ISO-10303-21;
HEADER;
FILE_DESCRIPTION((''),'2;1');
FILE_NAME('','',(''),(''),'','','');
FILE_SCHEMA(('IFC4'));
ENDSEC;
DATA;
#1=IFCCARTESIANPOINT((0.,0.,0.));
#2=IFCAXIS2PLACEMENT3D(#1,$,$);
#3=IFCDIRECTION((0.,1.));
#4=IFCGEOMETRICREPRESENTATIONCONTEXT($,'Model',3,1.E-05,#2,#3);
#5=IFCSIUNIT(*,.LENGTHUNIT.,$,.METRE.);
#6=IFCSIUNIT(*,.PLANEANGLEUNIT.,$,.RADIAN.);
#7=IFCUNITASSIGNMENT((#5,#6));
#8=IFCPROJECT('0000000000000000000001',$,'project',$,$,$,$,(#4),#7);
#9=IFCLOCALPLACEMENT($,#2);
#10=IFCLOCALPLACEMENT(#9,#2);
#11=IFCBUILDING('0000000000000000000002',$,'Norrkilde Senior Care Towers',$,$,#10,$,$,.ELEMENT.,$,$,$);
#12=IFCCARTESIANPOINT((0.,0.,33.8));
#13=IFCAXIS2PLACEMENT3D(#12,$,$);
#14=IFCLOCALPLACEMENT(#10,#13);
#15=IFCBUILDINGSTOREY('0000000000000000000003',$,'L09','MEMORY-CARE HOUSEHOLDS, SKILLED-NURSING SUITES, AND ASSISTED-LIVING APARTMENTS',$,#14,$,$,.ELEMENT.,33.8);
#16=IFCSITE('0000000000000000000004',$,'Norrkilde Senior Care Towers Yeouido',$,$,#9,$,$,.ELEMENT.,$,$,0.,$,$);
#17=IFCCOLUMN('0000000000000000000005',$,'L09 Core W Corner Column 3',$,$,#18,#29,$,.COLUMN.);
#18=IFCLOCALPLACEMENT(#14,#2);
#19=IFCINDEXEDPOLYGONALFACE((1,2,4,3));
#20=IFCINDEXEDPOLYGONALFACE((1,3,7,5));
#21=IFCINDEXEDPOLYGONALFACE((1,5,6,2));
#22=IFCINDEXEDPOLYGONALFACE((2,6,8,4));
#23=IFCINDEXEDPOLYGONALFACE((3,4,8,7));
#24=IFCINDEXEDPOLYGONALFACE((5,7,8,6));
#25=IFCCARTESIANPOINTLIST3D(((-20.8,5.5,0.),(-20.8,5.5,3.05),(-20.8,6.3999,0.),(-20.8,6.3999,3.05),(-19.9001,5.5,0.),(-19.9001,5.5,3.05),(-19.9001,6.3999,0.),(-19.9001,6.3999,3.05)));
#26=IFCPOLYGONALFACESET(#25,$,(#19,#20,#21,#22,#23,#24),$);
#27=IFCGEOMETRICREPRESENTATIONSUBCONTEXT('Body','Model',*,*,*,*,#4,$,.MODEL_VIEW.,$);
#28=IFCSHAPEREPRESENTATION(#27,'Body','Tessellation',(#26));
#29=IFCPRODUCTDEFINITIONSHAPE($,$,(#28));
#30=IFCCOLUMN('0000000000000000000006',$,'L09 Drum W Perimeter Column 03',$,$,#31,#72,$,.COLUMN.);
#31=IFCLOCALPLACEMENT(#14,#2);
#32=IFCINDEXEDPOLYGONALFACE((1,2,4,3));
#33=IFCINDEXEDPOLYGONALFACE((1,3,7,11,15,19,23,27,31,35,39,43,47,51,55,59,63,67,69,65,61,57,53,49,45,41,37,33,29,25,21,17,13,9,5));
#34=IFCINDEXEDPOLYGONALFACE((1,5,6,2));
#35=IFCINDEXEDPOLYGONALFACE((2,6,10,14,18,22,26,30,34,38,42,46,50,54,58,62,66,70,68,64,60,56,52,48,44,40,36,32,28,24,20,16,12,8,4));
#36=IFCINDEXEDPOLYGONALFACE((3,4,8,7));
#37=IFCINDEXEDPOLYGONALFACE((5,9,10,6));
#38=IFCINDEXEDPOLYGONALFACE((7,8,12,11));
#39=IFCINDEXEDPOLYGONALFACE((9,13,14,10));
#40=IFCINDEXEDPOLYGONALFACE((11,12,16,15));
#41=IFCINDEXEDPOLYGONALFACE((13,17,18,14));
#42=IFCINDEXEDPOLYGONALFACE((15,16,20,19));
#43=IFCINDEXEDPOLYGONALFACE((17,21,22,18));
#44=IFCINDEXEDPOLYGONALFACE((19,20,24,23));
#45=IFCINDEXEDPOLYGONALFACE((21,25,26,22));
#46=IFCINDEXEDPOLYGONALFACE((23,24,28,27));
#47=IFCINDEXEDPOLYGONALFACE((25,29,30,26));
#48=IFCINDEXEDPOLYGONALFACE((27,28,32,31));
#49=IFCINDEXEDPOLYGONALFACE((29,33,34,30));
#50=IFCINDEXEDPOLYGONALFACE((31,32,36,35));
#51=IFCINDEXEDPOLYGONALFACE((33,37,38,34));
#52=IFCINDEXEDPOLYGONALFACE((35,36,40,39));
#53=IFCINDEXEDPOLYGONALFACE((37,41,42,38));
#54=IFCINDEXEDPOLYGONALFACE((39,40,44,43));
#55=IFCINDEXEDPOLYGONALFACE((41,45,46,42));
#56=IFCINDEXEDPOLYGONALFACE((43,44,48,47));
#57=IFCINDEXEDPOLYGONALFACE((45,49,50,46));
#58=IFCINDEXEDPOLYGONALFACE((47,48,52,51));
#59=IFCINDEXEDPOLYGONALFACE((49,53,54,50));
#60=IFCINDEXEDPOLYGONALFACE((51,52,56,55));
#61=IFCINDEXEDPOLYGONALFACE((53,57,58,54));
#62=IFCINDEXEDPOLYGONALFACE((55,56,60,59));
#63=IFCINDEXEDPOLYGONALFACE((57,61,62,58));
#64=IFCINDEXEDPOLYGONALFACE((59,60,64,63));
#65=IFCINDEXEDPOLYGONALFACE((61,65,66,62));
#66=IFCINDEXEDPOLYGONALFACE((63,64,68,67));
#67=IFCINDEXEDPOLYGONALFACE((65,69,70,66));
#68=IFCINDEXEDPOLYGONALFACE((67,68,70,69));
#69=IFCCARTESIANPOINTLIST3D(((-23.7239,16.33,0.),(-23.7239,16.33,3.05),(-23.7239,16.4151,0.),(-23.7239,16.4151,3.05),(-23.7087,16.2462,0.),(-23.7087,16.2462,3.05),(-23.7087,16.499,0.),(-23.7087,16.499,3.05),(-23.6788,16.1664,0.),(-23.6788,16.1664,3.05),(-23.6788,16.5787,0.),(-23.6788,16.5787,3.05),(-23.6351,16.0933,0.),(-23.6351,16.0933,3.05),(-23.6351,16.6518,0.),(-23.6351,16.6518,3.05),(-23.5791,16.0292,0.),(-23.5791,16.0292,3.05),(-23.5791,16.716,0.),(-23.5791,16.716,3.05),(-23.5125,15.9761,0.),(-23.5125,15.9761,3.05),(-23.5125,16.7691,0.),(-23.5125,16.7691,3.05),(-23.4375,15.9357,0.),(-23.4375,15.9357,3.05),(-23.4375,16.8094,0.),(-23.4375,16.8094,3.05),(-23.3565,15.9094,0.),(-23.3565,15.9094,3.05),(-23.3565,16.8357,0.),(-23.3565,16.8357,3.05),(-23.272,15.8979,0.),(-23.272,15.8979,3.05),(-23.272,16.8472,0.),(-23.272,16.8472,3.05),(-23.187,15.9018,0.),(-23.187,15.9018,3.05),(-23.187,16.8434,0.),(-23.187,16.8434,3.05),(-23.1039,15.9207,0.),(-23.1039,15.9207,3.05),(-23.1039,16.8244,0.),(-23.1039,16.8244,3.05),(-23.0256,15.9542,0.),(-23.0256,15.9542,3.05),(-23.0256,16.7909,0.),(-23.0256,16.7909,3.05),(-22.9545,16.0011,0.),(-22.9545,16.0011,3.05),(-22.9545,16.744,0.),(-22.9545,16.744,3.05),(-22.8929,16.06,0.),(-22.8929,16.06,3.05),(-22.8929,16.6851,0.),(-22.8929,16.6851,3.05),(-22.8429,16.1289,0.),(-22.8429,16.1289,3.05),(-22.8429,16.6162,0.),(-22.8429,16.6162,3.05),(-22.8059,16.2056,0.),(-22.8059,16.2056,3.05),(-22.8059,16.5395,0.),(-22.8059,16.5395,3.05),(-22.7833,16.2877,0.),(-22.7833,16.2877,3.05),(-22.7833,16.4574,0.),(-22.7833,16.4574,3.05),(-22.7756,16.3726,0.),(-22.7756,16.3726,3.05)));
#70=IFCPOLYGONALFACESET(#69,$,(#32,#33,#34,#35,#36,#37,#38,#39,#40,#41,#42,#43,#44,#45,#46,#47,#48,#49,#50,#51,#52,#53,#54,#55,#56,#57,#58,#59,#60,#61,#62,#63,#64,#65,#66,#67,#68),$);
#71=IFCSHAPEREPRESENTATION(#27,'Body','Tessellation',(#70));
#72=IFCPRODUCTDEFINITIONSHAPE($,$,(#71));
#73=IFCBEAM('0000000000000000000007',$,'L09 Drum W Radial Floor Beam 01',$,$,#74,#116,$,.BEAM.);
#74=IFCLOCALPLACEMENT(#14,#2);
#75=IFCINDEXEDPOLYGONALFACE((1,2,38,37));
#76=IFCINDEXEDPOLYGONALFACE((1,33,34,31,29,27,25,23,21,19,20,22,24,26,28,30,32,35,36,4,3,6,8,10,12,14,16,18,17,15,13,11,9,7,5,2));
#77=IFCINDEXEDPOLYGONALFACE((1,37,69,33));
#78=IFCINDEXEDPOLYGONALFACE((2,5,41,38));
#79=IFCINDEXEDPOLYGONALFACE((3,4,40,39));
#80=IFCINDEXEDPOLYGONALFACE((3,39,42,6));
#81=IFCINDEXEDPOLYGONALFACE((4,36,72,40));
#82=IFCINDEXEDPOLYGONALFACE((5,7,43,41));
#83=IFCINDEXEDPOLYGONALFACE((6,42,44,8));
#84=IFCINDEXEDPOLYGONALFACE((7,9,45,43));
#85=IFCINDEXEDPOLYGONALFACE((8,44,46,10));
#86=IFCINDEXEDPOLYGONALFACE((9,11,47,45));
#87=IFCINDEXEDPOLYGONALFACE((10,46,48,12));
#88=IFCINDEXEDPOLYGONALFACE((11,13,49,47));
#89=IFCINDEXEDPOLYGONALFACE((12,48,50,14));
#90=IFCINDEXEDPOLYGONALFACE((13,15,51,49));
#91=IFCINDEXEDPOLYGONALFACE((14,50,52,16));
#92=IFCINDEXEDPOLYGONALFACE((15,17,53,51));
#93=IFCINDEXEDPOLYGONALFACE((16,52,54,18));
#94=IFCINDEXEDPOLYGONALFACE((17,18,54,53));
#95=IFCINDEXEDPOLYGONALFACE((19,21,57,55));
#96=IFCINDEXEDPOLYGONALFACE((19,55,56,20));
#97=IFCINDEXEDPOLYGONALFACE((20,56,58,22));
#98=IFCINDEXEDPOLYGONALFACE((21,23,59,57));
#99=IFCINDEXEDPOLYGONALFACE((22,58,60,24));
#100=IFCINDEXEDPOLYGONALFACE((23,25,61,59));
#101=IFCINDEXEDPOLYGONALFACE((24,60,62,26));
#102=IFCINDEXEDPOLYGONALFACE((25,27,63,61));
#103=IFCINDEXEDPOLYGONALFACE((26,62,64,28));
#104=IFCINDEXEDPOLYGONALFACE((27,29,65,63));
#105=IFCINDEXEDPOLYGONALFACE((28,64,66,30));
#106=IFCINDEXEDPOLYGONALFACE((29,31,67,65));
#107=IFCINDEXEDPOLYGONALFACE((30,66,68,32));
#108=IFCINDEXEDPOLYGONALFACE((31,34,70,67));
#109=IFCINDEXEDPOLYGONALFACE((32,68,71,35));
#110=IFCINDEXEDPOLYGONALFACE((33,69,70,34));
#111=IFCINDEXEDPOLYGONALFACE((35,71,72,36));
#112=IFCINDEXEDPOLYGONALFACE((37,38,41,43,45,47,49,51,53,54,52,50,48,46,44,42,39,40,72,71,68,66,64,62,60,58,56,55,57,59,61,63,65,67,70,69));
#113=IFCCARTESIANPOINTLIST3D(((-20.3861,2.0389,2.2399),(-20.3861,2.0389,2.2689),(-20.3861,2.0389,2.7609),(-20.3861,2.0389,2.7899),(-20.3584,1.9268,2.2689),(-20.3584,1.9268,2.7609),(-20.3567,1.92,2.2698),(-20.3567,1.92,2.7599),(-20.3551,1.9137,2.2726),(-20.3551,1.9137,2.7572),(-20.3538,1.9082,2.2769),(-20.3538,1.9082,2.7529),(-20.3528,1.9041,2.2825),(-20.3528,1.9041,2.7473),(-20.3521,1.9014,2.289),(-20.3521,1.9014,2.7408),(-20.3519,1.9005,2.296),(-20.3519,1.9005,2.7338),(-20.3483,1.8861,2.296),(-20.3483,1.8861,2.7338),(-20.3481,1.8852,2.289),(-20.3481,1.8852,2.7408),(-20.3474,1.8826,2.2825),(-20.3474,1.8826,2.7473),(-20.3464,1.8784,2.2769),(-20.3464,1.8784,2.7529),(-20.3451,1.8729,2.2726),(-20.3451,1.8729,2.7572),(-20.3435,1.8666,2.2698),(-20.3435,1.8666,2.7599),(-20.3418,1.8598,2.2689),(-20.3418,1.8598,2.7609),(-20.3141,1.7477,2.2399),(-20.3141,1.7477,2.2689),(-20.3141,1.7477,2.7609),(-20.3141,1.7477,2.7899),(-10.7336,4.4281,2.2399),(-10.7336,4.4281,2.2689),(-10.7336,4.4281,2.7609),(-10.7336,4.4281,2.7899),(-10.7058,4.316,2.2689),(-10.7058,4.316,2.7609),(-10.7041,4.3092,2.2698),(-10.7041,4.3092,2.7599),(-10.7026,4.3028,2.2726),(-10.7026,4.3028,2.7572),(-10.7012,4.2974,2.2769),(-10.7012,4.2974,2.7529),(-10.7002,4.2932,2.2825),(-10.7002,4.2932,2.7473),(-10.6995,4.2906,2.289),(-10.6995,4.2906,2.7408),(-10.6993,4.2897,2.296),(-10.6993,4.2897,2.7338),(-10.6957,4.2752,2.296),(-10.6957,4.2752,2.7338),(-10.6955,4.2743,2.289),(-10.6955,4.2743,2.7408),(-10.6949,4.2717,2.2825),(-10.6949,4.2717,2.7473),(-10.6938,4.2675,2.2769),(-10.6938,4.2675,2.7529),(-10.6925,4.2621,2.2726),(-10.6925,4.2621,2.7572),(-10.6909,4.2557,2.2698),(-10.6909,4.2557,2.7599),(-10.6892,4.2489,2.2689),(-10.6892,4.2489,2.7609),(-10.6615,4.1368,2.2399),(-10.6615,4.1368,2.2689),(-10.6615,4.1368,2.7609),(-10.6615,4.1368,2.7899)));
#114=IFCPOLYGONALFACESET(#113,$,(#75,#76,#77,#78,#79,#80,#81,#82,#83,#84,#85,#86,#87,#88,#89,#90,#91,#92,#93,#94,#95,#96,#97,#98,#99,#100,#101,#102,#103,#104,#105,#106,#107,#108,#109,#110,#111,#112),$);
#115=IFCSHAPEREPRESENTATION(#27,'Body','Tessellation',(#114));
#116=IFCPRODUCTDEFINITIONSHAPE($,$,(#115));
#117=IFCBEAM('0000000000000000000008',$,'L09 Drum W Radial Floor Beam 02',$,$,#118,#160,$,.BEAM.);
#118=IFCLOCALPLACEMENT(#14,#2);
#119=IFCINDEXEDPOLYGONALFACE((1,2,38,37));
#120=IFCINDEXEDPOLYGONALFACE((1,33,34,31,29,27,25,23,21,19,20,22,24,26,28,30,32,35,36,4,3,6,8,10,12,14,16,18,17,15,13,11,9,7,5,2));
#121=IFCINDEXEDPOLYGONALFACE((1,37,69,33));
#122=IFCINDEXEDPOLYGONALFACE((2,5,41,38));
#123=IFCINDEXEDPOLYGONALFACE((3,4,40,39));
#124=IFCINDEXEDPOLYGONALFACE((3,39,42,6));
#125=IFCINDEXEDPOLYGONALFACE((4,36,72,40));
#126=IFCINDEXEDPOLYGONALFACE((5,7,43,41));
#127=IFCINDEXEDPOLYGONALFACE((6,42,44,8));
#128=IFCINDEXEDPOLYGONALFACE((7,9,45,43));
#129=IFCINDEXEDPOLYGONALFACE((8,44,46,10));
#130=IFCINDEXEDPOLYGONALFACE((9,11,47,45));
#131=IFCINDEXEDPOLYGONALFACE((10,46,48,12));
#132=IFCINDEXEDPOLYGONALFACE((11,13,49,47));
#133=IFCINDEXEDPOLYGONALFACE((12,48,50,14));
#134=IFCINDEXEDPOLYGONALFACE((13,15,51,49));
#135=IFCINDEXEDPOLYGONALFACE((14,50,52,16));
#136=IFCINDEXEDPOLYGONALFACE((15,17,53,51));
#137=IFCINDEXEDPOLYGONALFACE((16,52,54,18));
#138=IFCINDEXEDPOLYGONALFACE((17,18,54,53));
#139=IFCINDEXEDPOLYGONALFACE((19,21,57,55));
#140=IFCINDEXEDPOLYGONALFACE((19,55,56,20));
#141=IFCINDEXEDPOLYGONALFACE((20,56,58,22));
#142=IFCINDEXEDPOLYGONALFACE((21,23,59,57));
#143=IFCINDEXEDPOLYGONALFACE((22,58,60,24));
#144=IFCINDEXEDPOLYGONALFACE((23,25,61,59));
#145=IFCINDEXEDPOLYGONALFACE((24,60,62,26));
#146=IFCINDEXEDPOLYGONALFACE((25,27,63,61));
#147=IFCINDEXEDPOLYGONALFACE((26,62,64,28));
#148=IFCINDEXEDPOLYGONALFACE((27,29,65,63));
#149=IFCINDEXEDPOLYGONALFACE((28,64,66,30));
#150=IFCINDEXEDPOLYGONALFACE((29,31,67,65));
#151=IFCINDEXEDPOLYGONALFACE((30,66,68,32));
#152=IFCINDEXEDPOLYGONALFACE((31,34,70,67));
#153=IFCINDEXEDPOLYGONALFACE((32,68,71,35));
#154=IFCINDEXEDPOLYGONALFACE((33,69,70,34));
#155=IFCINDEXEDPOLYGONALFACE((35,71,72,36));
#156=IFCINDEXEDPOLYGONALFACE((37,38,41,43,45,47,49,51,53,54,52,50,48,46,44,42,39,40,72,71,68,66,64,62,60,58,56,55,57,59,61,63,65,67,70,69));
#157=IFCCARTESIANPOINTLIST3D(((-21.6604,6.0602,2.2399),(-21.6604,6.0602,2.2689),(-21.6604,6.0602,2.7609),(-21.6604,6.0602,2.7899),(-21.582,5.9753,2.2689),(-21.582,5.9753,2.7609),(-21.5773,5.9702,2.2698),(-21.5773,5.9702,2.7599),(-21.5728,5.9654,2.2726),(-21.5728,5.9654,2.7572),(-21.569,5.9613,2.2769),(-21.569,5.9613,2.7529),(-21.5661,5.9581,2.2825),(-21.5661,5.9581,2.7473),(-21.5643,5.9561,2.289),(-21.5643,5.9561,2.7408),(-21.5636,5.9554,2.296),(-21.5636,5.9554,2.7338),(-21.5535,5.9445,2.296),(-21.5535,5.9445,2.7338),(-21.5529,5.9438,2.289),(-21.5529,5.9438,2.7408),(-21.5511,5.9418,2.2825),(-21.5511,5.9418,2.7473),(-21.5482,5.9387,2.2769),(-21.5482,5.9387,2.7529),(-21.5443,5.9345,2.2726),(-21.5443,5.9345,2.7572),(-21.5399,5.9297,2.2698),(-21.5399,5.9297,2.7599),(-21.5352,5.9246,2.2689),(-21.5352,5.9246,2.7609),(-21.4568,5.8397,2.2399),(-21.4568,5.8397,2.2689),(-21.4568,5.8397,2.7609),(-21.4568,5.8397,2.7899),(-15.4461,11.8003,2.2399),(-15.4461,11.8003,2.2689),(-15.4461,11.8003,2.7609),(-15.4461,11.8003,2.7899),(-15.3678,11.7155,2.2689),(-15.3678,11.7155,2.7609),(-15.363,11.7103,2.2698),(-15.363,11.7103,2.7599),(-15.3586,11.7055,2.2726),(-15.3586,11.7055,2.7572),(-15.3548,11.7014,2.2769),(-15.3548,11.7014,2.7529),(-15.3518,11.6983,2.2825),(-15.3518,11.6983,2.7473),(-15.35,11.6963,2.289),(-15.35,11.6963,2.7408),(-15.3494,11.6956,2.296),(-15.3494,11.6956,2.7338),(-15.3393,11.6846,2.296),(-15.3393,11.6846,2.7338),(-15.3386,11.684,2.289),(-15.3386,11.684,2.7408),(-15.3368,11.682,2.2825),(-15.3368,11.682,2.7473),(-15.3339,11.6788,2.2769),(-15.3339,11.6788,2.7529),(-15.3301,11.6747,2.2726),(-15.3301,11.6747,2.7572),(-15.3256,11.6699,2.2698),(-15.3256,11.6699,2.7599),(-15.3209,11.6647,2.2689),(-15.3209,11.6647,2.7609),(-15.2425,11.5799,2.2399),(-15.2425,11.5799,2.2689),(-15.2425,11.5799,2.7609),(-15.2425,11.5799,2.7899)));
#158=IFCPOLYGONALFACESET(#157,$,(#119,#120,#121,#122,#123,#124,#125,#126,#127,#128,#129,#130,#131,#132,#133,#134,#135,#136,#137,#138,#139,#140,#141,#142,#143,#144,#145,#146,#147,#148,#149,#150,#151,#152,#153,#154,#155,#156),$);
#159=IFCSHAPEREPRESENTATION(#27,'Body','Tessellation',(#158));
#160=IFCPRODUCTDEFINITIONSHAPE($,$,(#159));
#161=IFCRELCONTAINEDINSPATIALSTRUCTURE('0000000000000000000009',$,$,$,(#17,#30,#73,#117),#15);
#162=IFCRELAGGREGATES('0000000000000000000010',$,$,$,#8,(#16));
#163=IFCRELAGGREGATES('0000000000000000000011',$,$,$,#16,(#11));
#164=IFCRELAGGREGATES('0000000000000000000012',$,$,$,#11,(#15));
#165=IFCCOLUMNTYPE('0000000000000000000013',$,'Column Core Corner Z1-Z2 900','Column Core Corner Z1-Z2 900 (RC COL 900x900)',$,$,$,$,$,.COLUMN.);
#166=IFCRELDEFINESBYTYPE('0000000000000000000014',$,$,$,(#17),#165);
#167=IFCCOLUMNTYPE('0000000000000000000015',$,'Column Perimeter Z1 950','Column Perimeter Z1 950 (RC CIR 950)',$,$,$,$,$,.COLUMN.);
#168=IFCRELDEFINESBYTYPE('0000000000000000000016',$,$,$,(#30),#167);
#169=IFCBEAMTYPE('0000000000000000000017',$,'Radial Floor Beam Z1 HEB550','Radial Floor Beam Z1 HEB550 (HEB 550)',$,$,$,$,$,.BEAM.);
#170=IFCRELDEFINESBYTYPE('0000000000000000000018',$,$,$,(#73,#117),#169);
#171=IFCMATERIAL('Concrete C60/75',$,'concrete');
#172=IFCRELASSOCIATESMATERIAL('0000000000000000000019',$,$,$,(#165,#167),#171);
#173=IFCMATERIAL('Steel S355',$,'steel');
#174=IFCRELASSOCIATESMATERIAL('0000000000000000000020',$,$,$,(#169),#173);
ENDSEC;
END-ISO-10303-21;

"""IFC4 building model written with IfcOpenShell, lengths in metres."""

from ifc_helpers import new_model, si_unit, direction, frame, origin, origin_2d, place, context, subcontext, project, spatial, rectangle, circle, i_section, extrude, source, transform, mapped, material, material_profile, profile_set, type_object, type_shapes, element, save


model = new_model("IFC4")

# Units and contexts
model_context = context("Model", 3, precision=1e-05, world=origin(), true_north=direction((0.0, 1.0)))
body_context = subcontext(model_context, "Body", "Model", "MODEL_VIEW")
ifc_project = project(units=[si_unit("LENGTHUNIT", "METRE"), si_unit("PLANEANGLEUNIT", "RADIAN")], contexts=[model_context])

# Site, building, storey
site_placement = place(None, origin())
site = spatial("IfcSite", under=ifc_project, at=site_placement, Name="Norrkilde Senior Care Towers Yeouido", CompositionType="ELEMENT", RefElevation=0.0)
building_placement = place(site_placement, origin())
building = spatial("IfcBuilding", under=site, at=building_placement, Name="Norrkilde Senior Care Towers", CompositionType="ELEMENT")
storey_placement = place(building_placement, frame((0.0, 0.0, 33.8)))
storey = spatial("IfcBuildingStorey", under=building, at=storey_placement, Name="L09", Description="MEMORY-CARE HOUSEHOLDS, SKILLED-NURSING SUITES, AND ASSISTED-LIVING APARTMENTS", CompositionType="ELEMENT", Elevation=33.8)

# Columns
ifc_material_1 = material(Name="Concrete C60/75", Category="concrete")
ifc_material_profile_1 = material_profile(ifc_material_1, rectangle(XDim=0.8999, YDim=0.8999, at=origin_2d()), Name="RC COL 900x900")
ifc_profile_set_1 = profile_set([ifc_material_profile_1], Name="Concrete C60/75")
column_type_1 = type_object("IfcColumnType", Name="Column Core Corner Z1-Z2 900", Description="Column Core Corner Z1-Z2 900 (RC COL 900x900)", PredefinedType="COLUMN", material=ifc_profile_set_1)
shared_shape_1 = source(origin(), body_context, "Body", "SweptSolid", [
    extrude(rectangle(XDim=0.8999, YDim=0.8999, at=origin_2d()), origin(), (0.0, 0.0, 1.0), 3.05),
])
type_shapes(column_type_1, [shared_shape_1])
column_1_placement = place(storey_placement, frame((-20.3501, 5.95, 0.0), z_axis=(0.0, 0.0, 1.0), x_axis=(1.0, 0.0, 0.0)))
element("IfcColumn", 1, at=column_1_placement, inside=storey, type_object=column_type_1, Name="L09 Core W Corner Column 3", PredefinedType="COLUMN", context=body_context, shape_type="MappedRepresentation", body=[
    mapped(shared_shape_1, transform((0.0, 0.0, 0.0), x_axis=(1.0, 0.0, 0.0), y_axis=(0.0, 1.0, 0.0), z_axis=(0.0, 0.0, 1.0), scale=1.0)),
])
ifc_material_profile_2 = material_profile(ifc_material_1, circle(Radius=0.4751, at=origin_2d()), Name="RC CIR 950")
ifc_profile_set_2 = profile_set([ifc_material_profile_2], Name="Concrete C60/75")
column_type_2 = type_object("IfcColumnType", Name="Column Perimeter Z1 950", Description="Column Perimeter Z1 950 (RC CIR 950)", PredefinedType="COLUMN", material=ifc_profile_set_2)
shared_shape_2 = source(origin(), body_context, "Body", "SweptSolid", [
    extrude(circle(Radius=0.4751, at=origin_2d()), origin(), (0.0, 0.0, 1.0), 3.05),
])
type_shapes(column_type_2, [shared_shape_2])
column_2_placement = place(storey_placement, frame((-23.2507, 16.3726, 0.0), z_axis=(0.0, 0.0, 1.0), x_axis=(1.0, 0.0, 0.0)))
element("IfcColumn", 2, at=column_2_placement, inside=storey, type_object=column_type_2, Name="L09 Drum W Perimeter Column 03", PredefinedType="COLUMN", context=body_context, shape_type="MappedRepresentation", body=[
    mapped(shared_shape_2, transform((0.0, 0.0, 0.0), x_axis=(1.0, 0.0, 0.0), y_axis=(0.0, 1.0, 0.0), z_axis=(0.0, 0.0, 1.0), scale=1.0)),
])

# Beams
ifc_material_2 = material(Name="Steel S355", Category="steel")
ifc_material_profile_3 = material_profile(ifc_material_2, i_section(OverallWidth=0.3, OverallDepth=0.55, WebThickness=0.0149, FlangeThickness=0.0291, FilletRadius=0.0271, at=origin_2d()), Name="HEB 550")
ifc_profile_set_3 = profile_set([ifc_material_profile_3], Name="Steel S355")
beam_type_1 = type_object("IfcBeamType", Name="Radial Floor Beam Z1 HEB550", Description="Radial Floor Beam Z1 HEB550 (HEB 550)", PredefinedType="BEAM", material=ifc_profile_set_3)
shared_shape_3 = source(origin(), body_context, "Body", "SweptSolid", [
    extrude(i_section(OverallWidth=0.3, OverallDepth=0.55, WebThickness=0.0149, FlangeThickness=0.0291, FilletRadius=0.0271, at=origin_2d()), origin(), (0.0, 0.0, 1.0), 9.9438),
])
beam_1_placement = place(storey_placement, frame((-20.3501, 1.8933, 2.5149), z_axis=(0.970707, 0.240265, 0.0), x_axis=(-0.240265, 0.970707, 0.0)))
element("IfcBeam", 3, at=beam_1_placement, inside=storey, type_object=beam_type_1, Name="L09 Drum W Radial Floor Beam 01", PredefinedType="BEAM", context=body_context, shape_type="MappedRepresentation", body=[
    mapped(shared_shape_3, transform((0.0, 0.0, 0.0), x_axis=(1.0, 0.0, 0.0), y_axis=(0.0, 1.0, 0.0), z_axis=(0.0, 0.0, 1.0), scale=1.0)),
])
shared_shape_4 = source(origin(), body_context, "Body", "SweptSolid", [
    extrude(i_section(OverallWidth=0.3, OverallDepth=0.55, WebThickness=0.0149, FlangeThickness=0.0291, FilletRadius=0.0271, at=origin_2d()), origin(), (0.0, 0.0, 1.0), 8.4597),
])
beam_2_placement = place(storey_placement, frame((-21.5586, 5.95, 2.5149), z_axis=(0.734573, 0.678529, 0.0), x_axis=(-0.678529, 0.734573, 0.0)))
element("IfcBeam", 4, at=beam_2_placement, inside=storey, type_object=beam_type_1, Name="L09 Drum W Radial Floor Beam 02", PredefinedType="BEAM", context=body_context, shape_type="MappedRepresentation", body=[
    mapped(shared_shape_4, transform((0.0, 0.0, 0.0), x_axis=(1.0, 0.0, 0.0), y_axis=(0.0, 1.0, 0.0), z_axis=(0.0, 0.0, 1.0), scale=1.0)),
])

save(model, "model.ifc")
